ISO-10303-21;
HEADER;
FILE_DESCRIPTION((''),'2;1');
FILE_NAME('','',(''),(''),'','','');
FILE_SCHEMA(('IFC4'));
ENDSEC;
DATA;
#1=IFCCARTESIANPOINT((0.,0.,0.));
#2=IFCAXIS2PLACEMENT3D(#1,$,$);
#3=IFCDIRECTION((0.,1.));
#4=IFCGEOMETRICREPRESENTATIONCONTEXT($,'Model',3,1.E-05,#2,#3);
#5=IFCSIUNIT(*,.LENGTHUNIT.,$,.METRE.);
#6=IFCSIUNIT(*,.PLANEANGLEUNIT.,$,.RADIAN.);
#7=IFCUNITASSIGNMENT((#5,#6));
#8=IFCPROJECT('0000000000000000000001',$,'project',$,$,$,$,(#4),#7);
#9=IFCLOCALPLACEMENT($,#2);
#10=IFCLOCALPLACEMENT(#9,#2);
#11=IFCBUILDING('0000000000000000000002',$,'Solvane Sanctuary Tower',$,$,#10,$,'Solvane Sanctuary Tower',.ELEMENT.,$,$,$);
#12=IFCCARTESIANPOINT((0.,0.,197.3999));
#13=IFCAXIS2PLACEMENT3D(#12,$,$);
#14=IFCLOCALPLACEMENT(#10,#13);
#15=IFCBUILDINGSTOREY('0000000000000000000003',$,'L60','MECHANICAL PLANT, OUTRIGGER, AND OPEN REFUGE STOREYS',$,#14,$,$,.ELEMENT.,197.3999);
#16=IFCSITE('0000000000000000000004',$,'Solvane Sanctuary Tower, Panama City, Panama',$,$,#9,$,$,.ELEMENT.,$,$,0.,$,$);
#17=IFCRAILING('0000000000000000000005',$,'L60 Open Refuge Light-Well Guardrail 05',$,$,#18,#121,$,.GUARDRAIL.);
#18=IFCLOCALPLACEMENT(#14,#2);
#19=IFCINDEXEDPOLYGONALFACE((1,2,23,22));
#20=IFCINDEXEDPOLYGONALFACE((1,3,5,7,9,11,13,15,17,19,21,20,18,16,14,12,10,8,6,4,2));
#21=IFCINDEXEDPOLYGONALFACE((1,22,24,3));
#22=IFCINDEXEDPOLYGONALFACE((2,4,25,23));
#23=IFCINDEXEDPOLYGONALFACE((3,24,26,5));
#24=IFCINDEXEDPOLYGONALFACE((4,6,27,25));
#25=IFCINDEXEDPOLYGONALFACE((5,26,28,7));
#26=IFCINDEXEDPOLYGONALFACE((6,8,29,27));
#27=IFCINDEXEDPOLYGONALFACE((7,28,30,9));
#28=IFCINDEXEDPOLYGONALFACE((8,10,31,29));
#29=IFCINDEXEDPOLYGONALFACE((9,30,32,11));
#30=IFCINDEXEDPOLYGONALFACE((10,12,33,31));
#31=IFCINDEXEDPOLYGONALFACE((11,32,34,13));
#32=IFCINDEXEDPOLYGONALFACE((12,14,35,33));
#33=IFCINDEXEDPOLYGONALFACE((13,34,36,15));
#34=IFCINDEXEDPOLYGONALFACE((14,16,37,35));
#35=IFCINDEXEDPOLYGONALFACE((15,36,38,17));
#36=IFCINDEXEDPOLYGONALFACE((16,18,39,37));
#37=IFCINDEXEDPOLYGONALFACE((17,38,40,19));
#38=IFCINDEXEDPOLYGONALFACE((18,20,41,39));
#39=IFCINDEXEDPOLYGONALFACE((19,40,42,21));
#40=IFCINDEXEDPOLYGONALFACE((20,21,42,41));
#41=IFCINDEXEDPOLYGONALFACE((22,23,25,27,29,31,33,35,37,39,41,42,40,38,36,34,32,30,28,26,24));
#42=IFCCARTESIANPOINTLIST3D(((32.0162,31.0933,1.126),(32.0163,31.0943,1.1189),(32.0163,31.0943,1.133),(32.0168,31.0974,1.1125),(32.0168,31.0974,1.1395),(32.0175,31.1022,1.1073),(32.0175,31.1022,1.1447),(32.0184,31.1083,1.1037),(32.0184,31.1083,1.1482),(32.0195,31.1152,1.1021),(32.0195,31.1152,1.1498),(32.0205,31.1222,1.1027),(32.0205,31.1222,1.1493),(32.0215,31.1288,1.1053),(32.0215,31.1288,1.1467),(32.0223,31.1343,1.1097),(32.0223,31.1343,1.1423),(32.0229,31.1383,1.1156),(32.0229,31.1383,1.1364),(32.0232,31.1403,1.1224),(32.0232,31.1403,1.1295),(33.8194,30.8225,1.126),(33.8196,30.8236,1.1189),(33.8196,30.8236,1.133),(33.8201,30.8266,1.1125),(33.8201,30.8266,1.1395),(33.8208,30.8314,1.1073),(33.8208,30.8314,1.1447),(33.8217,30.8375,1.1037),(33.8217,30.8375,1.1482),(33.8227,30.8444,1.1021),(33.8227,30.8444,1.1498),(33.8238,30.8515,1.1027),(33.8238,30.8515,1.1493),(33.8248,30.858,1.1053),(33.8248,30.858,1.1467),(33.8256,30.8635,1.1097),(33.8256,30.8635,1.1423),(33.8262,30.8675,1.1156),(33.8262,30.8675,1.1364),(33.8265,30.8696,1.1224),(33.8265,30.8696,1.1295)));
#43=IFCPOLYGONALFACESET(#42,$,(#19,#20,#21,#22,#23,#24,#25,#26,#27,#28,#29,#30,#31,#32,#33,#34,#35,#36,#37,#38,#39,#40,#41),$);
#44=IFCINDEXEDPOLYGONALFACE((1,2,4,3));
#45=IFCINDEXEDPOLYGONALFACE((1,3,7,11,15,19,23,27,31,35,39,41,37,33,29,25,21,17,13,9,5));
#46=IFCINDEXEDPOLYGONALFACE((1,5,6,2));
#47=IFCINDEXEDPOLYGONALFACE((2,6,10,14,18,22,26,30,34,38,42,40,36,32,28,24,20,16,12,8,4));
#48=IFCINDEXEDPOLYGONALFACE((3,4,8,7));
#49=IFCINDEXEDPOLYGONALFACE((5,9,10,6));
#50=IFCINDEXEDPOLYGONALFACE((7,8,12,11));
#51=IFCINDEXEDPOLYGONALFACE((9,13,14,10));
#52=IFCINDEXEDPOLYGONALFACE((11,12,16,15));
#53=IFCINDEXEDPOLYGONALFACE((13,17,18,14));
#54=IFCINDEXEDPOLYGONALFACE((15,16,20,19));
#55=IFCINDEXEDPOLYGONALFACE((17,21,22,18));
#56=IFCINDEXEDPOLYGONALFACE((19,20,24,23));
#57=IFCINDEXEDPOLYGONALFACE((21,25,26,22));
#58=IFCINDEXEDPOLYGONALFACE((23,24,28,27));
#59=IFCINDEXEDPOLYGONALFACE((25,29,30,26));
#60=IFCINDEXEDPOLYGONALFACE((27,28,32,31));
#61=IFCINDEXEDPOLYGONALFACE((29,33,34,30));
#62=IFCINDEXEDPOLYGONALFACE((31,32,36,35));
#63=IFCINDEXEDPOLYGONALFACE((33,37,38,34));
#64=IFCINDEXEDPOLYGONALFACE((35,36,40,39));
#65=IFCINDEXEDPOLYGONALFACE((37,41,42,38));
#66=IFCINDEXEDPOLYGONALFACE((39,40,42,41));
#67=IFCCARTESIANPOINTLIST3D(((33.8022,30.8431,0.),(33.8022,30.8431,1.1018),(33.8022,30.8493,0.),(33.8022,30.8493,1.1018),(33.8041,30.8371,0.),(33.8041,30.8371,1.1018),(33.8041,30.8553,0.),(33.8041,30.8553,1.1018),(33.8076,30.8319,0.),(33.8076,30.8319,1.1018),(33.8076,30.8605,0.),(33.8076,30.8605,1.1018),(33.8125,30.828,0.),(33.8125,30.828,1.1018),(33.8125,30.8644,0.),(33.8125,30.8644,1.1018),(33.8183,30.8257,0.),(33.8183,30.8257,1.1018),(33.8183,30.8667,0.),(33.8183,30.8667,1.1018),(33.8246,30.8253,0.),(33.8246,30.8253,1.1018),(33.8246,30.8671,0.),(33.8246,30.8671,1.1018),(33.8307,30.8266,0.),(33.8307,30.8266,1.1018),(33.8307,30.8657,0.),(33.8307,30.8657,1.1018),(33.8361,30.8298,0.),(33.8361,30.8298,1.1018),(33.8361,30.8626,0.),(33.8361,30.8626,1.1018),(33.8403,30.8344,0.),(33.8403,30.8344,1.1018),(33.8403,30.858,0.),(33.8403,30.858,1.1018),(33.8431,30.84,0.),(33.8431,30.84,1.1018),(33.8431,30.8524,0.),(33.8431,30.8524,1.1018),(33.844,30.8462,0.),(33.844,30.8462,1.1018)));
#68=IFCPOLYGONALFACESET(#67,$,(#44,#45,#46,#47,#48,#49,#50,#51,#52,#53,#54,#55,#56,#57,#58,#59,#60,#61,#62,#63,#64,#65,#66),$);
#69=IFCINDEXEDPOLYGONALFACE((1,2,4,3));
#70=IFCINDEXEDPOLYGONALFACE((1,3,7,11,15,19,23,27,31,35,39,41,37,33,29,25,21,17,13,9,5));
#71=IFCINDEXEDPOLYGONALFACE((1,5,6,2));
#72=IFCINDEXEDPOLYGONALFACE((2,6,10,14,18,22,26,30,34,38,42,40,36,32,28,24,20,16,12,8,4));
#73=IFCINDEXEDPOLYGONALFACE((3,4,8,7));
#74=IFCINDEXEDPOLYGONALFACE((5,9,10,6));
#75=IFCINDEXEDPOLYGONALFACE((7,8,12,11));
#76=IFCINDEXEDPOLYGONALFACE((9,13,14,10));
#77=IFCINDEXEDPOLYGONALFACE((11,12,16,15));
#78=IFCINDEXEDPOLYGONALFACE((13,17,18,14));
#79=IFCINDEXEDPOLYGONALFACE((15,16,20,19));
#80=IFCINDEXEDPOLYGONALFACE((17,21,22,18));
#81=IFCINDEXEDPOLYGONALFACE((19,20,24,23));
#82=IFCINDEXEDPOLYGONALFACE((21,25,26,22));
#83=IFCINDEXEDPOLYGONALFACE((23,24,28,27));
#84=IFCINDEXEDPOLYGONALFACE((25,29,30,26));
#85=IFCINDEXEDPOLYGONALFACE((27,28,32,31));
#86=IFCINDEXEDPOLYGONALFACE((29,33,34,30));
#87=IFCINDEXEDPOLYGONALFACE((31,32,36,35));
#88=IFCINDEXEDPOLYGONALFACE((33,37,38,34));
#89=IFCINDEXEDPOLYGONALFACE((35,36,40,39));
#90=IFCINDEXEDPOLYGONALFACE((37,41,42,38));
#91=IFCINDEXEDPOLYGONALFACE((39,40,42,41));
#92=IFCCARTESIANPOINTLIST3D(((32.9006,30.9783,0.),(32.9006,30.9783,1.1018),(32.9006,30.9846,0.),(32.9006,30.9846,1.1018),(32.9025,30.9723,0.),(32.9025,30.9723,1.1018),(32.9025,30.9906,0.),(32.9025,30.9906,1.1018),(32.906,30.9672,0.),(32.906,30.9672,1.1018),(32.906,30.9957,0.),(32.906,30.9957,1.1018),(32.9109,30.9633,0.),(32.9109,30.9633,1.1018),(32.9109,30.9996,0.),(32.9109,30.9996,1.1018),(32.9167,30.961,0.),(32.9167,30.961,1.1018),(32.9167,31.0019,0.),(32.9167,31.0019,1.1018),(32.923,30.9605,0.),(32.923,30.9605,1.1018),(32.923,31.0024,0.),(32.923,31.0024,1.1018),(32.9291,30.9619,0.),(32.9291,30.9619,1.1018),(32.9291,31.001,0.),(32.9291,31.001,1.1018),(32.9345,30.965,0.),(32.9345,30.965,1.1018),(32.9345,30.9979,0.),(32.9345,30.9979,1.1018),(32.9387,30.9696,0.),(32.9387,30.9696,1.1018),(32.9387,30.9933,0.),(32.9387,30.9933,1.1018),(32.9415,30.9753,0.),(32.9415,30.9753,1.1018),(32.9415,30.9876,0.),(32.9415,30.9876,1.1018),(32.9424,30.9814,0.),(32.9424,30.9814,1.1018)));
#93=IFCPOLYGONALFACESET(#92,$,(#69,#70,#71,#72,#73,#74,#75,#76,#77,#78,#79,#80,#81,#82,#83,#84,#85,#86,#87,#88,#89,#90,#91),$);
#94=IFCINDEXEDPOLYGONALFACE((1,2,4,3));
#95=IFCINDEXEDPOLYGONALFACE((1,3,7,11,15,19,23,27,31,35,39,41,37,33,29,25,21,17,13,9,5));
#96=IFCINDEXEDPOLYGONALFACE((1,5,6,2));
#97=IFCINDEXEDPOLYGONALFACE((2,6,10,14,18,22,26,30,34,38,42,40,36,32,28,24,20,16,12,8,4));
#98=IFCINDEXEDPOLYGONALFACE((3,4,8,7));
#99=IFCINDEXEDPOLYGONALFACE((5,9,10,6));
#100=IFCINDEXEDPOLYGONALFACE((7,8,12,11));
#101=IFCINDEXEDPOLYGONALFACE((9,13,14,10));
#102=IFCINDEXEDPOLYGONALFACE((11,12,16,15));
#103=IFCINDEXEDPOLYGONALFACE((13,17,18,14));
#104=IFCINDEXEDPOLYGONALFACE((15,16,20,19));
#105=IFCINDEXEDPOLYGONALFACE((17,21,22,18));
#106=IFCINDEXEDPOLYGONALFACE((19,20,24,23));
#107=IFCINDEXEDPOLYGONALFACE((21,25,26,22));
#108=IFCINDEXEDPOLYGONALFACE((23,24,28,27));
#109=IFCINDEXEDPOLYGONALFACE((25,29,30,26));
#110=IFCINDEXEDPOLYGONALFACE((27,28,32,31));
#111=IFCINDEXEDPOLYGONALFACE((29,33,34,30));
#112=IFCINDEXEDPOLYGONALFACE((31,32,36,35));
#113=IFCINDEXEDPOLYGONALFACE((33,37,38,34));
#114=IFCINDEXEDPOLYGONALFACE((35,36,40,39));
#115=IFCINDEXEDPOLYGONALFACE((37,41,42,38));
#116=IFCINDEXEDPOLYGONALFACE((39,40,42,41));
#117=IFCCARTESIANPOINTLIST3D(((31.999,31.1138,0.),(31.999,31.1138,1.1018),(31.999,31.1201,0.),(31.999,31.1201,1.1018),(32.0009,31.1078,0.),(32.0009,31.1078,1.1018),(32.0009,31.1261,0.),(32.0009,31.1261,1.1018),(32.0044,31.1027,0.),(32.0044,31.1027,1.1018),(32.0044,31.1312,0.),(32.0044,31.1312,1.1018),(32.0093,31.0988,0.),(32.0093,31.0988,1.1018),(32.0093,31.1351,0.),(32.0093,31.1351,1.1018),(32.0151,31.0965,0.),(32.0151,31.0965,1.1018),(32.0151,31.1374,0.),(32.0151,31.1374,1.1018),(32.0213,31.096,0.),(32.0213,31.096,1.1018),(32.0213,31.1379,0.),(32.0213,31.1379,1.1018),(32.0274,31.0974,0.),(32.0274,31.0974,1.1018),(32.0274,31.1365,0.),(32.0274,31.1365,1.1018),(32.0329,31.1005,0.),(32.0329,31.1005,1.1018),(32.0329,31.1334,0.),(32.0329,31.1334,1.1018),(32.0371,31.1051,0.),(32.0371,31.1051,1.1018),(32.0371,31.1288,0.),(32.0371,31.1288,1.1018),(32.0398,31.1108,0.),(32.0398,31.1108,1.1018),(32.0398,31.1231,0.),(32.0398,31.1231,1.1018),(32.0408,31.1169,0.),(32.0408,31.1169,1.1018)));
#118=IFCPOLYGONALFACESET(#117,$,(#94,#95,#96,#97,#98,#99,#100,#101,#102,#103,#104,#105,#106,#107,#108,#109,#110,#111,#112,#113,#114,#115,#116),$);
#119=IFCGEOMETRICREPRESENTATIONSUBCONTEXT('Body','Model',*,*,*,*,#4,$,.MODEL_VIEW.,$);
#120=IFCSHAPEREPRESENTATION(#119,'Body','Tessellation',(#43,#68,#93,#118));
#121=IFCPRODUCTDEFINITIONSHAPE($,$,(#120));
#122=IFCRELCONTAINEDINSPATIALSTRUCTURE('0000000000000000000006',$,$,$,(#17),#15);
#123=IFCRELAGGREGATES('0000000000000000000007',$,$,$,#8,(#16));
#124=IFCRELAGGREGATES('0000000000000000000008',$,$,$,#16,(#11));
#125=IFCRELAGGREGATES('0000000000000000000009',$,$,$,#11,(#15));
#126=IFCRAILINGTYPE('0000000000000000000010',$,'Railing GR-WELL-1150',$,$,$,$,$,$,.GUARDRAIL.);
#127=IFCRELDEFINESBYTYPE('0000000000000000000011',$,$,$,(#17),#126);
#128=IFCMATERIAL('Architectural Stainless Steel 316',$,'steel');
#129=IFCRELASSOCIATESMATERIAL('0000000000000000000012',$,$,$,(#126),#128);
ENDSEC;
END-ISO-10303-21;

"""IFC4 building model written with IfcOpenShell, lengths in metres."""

from ifc_helpers import new_model, si_unit, direction, frame, origin, origin_2d, place, context, subcontext, project, spatial, circle, extrude, material, type_object, element, save


model = new_model("IFC4")

# Units and contexts
model_context = context("Model", 3, precision=1e-05, world=origin(), true_north=direction((0.0, 1.0)))
body_context = subcontext(model_context, "Body", "Model", "MODEL_VIEW")
ifc_project = project(units=[si_unit("LENGTHUNIT", "METRE"), si_unit("PLANEANGLEUNIT", "RADIAN")], contexts=[model_context])

# Site, building, storey
site_placement = place(None, origin())
site = spatial("IfcSite", under=ifc_project, at=site_placement, Name="Solvane Sanctuary Tower, Panama City, Panama", CompositionType="ELEMENT", RefElevation=0.0)
building_placement = place(site_placement, origin())
building = spatial("IfcBuilding", under=site, at=building_placement, Name="Solvane Sanctuary Tower", LongName="Solvane Sanctuary Tower", CompositionType="ELEMENT")
storey_placement = place(building_placement, frame((0.0, 0.0, 197.3999)))
storey = spatial("IfcBuildingStorey", under=building, at=storey_placement, Name="L60", Description="MECHANICAL PLANT, OUTRIGGER, AND OPEN REFUGE STOREYS", CompositionType="ELEMENT", Elevation=197.3999)

# Shared definitions
ifc_material_1 = material(Name="Architectural Stainless Steel 316", Category="steel")

# Railing
railing_type_1 = type_object("IfcRailingType", Name="Railing GR-WELL-1150", PredefinedType="GUARDRAIL", material=ifc_material_1)
railing_1_placement = place(storey_placement, frame((33.823, 30.8462, 0.0)))
element("IfcRailing", 1, at=railing_1_placement, inside=storey, type_object=railing_type_1, Name="L60 Open Refuge Light-Well Guardrail 05", PredefinedType="GUARDRAIL", context=body_context, shape_type="SweptSolid", body=[
    extrude(circle(Radius=0.0239, at=origin_2d()), frame((0.0, 0.0, 1.126), z_axis=(-0.988915, 0.148484, 0.0), x_axis=(-0.148484, -0.988915, 0.0)), (0.0, 0.0, 1.0), 1.8235),
    extrude(circle(Radius=0.021, at=origin_2d()), origin(), (0.0, 0.0, 1.0), 1.1018),
    extrude(circle(Radius=0.021, at=origin_2d()), frame((-0.9016, 0.1353, 0.0)), (0.0, 0.0, 1.0), 1.1018),
    extrude(circle(Radius=0.021, at=origin_2d()), frame((-1.8032, 0.2708, 0.0)), (0.0, 0.0, 1.0), 1.1018),
])

save(model, "model.ifc")
